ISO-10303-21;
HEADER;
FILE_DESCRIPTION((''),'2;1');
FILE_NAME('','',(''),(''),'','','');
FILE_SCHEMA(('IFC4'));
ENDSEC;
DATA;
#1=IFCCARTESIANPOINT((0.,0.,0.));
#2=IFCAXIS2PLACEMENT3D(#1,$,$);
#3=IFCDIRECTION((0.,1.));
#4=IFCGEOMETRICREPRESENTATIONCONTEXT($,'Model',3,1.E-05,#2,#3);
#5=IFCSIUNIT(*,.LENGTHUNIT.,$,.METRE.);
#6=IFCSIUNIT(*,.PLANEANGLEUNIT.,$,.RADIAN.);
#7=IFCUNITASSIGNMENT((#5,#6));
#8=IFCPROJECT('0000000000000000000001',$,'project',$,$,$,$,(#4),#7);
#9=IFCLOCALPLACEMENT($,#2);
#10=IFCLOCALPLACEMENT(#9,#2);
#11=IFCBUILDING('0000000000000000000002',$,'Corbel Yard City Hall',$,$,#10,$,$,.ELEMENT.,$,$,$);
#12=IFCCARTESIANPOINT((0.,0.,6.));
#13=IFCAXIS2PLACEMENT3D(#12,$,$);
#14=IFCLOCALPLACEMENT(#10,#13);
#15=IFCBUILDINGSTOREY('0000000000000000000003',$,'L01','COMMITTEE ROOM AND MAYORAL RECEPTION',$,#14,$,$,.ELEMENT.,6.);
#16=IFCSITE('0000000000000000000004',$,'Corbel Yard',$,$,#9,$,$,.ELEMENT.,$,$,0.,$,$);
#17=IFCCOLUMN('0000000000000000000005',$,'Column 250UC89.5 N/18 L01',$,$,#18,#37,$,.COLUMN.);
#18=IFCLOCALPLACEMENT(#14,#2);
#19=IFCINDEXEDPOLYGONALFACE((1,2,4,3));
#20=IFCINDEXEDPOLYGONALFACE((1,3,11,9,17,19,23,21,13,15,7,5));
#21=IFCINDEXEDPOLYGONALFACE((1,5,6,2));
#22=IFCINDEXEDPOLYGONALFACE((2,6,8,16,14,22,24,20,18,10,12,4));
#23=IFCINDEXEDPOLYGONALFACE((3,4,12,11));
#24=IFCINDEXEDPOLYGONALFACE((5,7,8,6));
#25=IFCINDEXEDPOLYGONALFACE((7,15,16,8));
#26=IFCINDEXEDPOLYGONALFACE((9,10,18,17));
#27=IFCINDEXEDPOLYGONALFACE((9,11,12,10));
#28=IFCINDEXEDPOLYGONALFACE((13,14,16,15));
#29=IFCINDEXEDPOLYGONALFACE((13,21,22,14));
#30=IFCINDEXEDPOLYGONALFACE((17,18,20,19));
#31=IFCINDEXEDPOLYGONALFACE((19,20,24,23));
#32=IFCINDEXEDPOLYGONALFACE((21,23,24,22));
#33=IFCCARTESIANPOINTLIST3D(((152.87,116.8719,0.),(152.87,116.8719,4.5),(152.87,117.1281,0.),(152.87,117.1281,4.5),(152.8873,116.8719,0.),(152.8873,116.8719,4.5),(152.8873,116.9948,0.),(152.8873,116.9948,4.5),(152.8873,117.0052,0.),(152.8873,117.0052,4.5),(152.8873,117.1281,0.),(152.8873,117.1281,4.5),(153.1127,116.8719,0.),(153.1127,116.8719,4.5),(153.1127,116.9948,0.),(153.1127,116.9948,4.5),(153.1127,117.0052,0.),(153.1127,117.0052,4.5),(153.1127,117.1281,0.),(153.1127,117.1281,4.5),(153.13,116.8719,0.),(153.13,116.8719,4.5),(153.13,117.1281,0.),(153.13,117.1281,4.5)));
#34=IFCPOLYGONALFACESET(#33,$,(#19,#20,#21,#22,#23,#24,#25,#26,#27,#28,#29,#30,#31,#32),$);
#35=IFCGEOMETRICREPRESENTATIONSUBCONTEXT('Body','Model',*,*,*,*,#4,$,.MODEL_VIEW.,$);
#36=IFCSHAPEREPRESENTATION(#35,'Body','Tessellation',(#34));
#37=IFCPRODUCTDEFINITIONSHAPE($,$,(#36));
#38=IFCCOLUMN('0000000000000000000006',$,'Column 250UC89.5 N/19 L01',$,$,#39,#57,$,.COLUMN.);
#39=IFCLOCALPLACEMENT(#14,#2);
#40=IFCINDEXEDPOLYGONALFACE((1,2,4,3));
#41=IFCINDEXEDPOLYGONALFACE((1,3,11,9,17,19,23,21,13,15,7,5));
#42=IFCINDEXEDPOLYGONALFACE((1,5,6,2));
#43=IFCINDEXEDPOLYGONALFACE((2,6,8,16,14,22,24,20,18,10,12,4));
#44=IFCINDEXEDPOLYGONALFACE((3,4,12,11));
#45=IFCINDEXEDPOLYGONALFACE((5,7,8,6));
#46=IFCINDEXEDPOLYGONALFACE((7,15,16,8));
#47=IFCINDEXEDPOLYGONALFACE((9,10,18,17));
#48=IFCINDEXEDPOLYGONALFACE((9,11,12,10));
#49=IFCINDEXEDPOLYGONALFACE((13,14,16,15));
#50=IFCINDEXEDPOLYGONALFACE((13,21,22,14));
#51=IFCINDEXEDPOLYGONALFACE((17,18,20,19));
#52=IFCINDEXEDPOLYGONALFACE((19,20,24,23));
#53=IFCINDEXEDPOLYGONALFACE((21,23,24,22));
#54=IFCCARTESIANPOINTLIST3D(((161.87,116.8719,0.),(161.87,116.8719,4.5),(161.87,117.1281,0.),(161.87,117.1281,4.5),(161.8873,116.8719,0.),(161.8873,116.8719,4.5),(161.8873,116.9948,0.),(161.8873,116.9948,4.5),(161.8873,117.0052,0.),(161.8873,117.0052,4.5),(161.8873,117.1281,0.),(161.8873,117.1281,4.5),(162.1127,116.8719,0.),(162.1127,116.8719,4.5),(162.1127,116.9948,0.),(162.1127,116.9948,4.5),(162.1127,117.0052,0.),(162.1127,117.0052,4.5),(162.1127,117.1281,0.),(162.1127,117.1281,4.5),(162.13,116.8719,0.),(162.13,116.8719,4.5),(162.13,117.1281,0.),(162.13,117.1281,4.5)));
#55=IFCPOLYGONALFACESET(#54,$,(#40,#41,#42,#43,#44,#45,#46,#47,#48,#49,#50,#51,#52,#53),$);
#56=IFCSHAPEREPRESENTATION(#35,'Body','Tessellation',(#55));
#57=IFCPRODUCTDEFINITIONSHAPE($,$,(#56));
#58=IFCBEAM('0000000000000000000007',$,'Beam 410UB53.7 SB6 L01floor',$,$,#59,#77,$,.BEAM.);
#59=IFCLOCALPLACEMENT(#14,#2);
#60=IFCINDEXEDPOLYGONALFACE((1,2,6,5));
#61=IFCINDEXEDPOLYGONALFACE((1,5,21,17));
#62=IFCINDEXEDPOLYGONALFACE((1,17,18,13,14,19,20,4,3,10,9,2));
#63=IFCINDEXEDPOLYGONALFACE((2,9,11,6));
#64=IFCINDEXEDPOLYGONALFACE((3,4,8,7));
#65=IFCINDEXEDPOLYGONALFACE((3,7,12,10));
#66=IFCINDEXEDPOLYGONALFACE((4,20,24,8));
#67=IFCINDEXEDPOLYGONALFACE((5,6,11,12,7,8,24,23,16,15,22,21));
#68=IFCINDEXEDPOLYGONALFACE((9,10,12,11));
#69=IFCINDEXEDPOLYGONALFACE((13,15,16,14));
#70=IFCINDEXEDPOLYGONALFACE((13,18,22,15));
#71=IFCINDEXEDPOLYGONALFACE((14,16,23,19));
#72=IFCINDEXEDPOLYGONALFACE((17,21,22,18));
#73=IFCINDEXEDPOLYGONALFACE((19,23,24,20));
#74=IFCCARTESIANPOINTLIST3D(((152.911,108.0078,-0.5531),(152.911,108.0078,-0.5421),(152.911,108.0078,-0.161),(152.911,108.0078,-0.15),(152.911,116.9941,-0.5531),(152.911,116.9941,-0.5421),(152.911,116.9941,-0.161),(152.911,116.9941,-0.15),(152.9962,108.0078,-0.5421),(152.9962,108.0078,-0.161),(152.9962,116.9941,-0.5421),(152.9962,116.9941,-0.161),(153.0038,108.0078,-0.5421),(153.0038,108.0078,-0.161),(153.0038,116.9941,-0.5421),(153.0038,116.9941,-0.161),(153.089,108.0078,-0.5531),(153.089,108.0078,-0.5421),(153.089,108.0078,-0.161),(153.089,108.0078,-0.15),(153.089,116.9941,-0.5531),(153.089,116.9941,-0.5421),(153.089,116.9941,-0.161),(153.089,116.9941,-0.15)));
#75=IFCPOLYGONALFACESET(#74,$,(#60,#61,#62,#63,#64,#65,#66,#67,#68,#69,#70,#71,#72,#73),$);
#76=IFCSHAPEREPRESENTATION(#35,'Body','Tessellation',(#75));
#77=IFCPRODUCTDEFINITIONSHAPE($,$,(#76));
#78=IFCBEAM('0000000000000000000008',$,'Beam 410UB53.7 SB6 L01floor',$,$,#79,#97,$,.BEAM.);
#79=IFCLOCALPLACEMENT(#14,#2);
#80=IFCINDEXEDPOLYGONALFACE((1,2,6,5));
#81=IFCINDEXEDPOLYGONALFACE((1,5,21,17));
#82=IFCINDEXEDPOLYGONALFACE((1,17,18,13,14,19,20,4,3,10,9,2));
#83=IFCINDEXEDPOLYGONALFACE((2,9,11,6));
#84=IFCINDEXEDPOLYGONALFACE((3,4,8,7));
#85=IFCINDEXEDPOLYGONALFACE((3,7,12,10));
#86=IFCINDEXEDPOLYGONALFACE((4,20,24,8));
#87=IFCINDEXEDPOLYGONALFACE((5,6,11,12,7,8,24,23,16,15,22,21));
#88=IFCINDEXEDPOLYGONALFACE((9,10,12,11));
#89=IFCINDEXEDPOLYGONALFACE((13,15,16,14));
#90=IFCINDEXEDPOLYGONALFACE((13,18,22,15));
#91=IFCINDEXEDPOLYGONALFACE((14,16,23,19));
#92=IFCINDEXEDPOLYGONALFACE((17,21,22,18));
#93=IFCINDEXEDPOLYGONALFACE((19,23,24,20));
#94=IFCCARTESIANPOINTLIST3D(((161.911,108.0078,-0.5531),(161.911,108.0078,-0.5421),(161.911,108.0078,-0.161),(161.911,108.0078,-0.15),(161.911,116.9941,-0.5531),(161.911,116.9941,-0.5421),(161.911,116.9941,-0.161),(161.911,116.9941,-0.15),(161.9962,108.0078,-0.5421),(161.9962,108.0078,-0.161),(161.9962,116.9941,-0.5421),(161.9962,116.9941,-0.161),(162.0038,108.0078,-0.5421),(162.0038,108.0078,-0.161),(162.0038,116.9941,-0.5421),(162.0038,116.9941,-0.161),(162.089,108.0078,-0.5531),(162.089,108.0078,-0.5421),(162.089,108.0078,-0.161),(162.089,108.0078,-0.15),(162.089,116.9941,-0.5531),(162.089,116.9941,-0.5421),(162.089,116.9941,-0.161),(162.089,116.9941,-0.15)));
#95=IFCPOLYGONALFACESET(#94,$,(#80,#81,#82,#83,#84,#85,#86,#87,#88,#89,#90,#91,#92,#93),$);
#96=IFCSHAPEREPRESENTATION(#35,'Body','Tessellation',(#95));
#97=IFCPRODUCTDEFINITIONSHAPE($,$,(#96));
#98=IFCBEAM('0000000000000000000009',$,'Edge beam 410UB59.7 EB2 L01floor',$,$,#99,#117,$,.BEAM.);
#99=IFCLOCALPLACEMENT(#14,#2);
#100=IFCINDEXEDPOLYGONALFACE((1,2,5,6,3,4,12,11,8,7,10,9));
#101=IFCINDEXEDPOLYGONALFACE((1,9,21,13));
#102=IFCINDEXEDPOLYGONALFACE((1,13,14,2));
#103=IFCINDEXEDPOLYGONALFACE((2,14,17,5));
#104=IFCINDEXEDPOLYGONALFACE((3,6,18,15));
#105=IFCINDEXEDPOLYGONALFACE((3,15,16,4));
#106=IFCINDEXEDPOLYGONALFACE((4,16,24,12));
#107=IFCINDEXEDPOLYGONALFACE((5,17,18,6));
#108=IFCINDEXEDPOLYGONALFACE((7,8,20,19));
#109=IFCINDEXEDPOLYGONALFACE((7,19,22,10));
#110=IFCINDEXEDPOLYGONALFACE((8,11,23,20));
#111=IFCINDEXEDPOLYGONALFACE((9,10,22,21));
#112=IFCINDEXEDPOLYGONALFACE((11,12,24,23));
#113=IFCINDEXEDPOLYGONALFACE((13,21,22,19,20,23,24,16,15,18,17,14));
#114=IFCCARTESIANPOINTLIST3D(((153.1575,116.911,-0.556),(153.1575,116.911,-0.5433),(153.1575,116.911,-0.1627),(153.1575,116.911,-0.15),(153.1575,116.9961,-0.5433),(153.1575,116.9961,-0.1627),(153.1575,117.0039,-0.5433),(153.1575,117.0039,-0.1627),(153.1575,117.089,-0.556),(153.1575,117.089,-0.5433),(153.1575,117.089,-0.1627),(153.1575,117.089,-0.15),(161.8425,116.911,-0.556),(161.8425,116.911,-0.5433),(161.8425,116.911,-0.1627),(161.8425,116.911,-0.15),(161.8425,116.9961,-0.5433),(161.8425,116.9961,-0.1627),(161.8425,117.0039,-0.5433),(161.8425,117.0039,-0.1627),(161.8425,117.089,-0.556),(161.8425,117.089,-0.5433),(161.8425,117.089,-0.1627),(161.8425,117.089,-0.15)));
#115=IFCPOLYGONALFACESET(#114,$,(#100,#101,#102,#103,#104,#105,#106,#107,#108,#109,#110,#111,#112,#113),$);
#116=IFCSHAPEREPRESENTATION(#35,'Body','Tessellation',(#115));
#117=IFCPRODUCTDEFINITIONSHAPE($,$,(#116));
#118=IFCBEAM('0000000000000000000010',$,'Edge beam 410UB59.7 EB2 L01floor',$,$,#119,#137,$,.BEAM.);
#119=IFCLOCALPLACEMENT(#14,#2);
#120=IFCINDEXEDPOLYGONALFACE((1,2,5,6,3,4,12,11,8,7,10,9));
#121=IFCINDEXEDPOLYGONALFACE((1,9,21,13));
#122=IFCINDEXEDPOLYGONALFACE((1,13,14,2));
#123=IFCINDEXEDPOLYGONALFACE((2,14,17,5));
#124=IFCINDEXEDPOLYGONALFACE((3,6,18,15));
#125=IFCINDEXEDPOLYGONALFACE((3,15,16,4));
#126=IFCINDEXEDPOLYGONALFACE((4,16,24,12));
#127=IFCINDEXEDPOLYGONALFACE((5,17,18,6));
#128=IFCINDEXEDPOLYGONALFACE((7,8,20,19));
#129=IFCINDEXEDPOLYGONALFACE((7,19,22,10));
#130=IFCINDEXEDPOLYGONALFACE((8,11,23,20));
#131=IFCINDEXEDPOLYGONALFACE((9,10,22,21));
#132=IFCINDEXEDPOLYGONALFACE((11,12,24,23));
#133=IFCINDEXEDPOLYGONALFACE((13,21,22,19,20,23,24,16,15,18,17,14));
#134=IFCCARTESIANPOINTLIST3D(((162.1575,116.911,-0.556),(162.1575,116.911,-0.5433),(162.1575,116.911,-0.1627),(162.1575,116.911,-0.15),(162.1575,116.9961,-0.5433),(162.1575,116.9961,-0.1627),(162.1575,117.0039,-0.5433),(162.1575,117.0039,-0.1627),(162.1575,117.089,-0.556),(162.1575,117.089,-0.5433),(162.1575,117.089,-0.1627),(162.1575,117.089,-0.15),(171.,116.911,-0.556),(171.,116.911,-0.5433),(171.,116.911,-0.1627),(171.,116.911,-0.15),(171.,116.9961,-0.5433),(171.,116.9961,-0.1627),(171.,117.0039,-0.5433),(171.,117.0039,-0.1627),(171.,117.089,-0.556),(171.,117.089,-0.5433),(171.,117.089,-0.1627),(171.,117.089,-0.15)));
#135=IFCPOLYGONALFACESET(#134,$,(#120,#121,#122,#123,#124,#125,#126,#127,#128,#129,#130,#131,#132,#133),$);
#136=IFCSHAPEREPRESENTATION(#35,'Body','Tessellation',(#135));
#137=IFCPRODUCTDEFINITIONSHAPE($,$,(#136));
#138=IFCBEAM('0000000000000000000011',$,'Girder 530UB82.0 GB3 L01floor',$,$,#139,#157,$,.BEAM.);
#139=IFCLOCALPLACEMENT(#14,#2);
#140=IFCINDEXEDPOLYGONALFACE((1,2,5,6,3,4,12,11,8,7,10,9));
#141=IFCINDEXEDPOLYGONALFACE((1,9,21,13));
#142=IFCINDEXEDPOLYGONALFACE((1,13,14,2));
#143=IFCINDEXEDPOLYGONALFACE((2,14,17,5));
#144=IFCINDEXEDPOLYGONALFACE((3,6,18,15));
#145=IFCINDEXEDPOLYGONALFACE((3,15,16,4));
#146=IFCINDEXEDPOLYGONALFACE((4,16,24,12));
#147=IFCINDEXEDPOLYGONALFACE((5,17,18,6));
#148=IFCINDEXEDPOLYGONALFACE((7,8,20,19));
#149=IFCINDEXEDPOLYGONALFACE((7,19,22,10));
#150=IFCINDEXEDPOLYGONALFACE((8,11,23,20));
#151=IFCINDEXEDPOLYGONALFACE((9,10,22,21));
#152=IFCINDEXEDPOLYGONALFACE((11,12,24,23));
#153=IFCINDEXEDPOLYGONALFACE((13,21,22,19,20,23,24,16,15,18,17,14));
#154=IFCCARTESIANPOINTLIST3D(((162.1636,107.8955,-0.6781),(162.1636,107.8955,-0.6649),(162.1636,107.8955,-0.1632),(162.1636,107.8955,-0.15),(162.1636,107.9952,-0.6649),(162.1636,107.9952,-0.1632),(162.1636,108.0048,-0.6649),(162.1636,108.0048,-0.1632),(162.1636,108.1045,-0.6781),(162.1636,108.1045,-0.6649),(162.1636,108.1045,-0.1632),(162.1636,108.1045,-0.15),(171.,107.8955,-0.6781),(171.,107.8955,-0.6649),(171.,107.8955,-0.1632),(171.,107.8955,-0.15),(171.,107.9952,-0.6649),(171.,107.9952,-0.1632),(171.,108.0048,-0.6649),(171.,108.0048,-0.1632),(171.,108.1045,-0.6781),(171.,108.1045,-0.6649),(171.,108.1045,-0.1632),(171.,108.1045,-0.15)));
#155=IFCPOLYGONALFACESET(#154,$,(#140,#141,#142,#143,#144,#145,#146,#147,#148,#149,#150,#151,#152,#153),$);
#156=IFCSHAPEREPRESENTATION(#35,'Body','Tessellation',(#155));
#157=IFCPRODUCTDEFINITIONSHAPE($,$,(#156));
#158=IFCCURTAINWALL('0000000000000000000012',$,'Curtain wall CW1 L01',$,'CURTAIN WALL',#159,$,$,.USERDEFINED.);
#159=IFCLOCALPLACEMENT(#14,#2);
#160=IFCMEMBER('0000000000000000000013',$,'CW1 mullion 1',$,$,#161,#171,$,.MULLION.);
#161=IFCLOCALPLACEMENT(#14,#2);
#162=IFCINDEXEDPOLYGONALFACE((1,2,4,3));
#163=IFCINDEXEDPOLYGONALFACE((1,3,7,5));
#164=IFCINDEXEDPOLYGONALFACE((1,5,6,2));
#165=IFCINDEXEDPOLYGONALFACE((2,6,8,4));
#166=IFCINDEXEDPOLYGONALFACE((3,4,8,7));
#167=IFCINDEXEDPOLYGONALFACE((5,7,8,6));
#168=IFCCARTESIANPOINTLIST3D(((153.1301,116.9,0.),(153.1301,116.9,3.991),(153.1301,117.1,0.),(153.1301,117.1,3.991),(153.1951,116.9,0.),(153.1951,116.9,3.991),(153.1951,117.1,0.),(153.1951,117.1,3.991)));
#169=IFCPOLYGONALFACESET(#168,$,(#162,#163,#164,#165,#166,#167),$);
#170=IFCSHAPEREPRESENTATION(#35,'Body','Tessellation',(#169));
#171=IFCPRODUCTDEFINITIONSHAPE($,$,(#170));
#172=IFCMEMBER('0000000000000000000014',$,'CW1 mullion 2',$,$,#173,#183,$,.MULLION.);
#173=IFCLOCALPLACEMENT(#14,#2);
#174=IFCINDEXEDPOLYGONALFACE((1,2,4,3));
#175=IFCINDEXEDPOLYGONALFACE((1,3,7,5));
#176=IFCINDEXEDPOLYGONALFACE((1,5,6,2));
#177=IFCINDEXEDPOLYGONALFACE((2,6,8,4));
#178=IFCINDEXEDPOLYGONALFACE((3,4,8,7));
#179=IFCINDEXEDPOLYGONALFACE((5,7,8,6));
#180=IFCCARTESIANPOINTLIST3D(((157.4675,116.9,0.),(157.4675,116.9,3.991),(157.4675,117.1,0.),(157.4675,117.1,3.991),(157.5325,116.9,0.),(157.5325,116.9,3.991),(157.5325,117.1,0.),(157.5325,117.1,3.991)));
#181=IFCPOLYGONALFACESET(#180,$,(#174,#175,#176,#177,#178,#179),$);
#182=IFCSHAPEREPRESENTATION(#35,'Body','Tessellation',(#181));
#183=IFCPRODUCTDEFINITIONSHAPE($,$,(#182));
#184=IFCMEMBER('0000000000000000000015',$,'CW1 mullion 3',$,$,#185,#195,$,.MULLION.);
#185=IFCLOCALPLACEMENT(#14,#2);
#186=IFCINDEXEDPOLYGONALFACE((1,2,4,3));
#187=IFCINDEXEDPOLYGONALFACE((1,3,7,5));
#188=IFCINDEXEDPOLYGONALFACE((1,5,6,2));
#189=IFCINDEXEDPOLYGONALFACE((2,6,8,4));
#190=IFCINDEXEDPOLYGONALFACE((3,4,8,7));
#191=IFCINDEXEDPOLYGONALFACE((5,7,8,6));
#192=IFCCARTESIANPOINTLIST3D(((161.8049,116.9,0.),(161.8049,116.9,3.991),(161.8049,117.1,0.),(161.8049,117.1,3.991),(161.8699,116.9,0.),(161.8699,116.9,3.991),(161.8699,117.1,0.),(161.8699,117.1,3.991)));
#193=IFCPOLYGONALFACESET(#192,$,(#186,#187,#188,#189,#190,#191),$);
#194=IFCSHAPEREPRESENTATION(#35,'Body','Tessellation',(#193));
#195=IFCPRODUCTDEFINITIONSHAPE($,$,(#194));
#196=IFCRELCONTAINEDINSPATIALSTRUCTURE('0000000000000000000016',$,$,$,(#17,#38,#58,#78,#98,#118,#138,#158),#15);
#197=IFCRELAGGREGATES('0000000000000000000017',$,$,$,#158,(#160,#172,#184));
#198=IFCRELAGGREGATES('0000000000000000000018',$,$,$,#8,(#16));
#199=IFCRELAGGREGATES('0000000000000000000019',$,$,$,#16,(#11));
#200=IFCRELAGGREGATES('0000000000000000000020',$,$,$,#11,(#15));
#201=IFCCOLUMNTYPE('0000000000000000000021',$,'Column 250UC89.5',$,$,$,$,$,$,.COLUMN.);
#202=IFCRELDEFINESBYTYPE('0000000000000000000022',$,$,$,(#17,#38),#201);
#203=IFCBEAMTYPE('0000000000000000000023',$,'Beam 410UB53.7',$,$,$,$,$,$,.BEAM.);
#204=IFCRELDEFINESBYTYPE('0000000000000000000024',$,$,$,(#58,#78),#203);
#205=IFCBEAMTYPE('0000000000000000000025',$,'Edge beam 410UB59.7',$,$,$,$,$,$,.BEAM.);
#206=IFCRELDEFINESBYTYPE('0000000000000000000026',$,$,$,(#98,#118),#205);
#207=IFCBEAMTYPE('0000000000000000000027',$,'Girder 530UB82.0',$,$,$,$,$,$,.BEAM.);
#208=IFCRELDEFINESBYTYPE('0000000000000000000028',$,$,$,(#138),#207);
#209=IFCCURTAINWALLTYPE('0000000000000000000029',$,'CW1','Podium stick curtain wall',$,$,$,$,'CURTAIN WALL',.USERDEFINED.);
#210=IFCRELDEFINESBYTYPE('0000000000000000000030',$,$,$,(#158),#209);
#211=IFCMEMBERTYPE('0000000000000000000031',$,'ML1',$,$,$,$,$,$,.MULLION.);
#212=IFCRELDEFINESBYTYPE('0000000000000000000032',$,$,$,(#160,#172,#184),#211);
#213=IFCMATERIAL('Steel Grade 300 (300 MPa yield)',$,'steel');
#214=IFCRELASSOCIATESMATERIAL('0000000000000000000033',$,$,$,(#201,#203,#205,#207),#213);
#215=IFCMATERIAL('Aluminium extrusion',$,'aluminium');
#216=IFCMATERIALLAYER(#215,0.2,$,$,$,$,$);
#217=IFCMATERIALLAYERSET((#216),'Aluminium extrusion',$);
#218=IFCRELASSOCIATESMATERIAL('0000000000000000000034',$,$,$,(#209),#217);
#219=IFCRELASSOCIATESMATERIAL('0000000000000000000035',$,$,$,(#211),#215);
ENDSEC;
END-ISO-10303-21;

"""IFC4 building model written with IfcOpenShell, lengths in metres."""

from ifc_helpers import new_model, si_unit, direction, frame, origin, origin_2d, place, context, subcontext, project, spatial, rectangle, i_section, extrude, material, layer, layer_set, material_profile, profile_set, type_object, element, aggregate, save


model = new_model("IFC4")

# Units and contexts
model_context = context("Model", 3, precision=1e-05, world=origin(), true_north=direction((0.0, 1.0)))
body_context = subcontext(model_context, "Body", "Model", "MODEL_VIEW")
ifc_project = project(units=[si_unit("LENGTHUNIT", "METRE"), si_unit("PLANEANGLEUNIT", "RADIAN")], contexts=[model_context])

# Site, building, storey
site_placement = place(None, origin())
site = spatial("IfcSite", under=ifc_project, at=site_placement, Name="Corbel Yard", CompositionType="ELEMENT", RefElevation=0.0)
building_placement = place(site_placement, origin())
building = spatial("IfcBuilding", under=site, at=building_placement, Name="Corbel Yard City Hall", CompositionType="ELEMENT")
storey_placement = place(building_placement, frame((0.0, 0.0, 6.0)))
storey = spatial("IfcBuildingStorey", under=building, at=storey_placement, Name="L01", Description="COMMITTEE ROOM AND MAYORAL RECEPTION", CompositionType="ELEMENT", Elevation=6.0)

# Columns
ifc_material_1 = material(Name="Steel Grade 300 (300 MPa yield)", Category="steel")
ifc_material_profile_1 = material_profile(ifc_material_1, i_section(OverallWidth=0.2561, OverallDepth=0.26, WebThickness=0.0105, FlangeThickness=0.0173, at=origin_2d()), Name="250UC89.5")
ifc_profile_set_1 = profile_set([ifc_material_profile_1], Name="Steel Grade 300 (300 MPa yield)")
column_type = type_object("IfcColumnType", Name="Column 250UC89.5", PredefinedType="COLUMN", material=ifc_profile_set_1)
for number, where, z_axis, x_axis, name in (
    (1, (153.0, 117.0, 0.0), (0.0, 0.0, 1.0), (0.0, 1.0, 0.0), "Column 250UC89.5 N/18 L01"),
    (2, (162.0, 117.0, 0.0), (0.0, 0.0, 1.0), (0.0, 1.0, 0.0), "Column 250UC89.5 N/19 L01"),
):
    element("IfcColumn", number, at=place(storey_placement, frame(where, z_axis=z_axis, x_axis=x_axis)), inside=storey, type_object=column_type, Name=name, PredefinedType="COLUMN", context=body_context, shape_type="SweptSolid", body=[
        extrude(i_section(OverallWidth=0.2561, OverallDepth=0.26, WebThickness=0.0105, FlangeThickness=0.0173, at=origin_2d()), origin(), (0.0, 0.0, 1.0), 4.5),
    ])

# Beams
ifc_material_profile_2 = material_profile(ifc_material_1, i_section(OverallWidth=0.178, OverallDepth=0.4031, WebThickness=0.0076, FlangeThickness=0.011, at=origin_2d()), Name="410UB53.7")
ifc_profile_set_2 = profile_set([ifc_material_profile_2], Name="Steel Grade 300 (300 MPa yield)")
beam_type_1 = type_object("IfcBeamType", Name="Beam 410UB53.7", PredefinedType="BEAM", material=ifc_profile_set_2)
for number, where, z_axis, x_axis, name in (
    (3, (153.0, 108.0078, -0.3516), (0.0, 1.0, 0.0), (-1.0, 0.0, 0.0), "Beam 410UB53.7 SB6 L01floor"),
    (4, (162.0, 108.0078, -0.3516), (0.0, 1.0, 0.0), (-1.0, 0.0, 0.0), "Beam 410UB53.7 SB6 L01floor"),
):
    element("IfcBeam", number, at=place(storey_placement, frame(where, z_axis=z_axis, x_axis=x_axis)), inside=storey, type_object=beam_type_1, Name=name, PredefinedType="BEAM", context=body_context, shape_type="SweptSolid", body=[
        extrude(i_section(OverallWidth=0.178, OverallDepth=0.4031, WebThickness=0.0076, FlangeThickness=0.011, at=origin_2d()), origin(), (0.0, 0.0, 1.0), 8.9863),
    ])
ifc_material_profile_3 = material_profile(ifc_material_1, i_section(OverallWidth=0.178, OverallDepth=0.406, WebThickness=0.0078, FlangeThickness=0.0127, at=origin_2d()), Name="410UB59.7")
ifc_profile_set_3 = profile_set([ifc_material_profile_3], Name="Steel Grade 300 (300 MPa yield)")
beam_type_2 = type_object("IfcBeamType", Name="Edge beam 410UB59.7", PredefinedType="BEAM", material=ifc_profile_set_3)
beam_1_placement = place(storey_placement, frame((153.1575, 117.0, -0.353), z_axis=(1.0, 0.0, 0.0), x_axis=(0.0, 1.0, 0.0)))
element("IfcBeam", 5, at=beam_1_placement, inside=storey, type_object=beam_type_2, Name="Edge beam 410UB59.7 EB2 L01floor", PredefinedType="BEAM", context=body_context, shape_type="SweptSolid", body=[
    extrude(i_section(OverallWidth=0.178, OverallDepth=0.406, WebThickness=0.0078, FlangeThickness=0.0127, at=origin_2d()), origin(), (0.0, 0.0, 1.0), 8.6851),
])
beam_2_placement = place(storey_placement, frame((162.1575, 117.0, -0.353), z_axis=(1.0, 0.0, 0.0), x_axis=(0.0, 1.0, 0.0)))
element("IfcBeam", 6, at=beam_2_placement, inside=storey, type_object=beam_type_2, Name="Edge beam 410UB59.7 EB2 L01floor", PredefinedType="BEAM", context=body_context, shape_type="SweptSolid", body=[
    extrude(i_section(OverallWidth=0.178, OverallDepth=0.406, WebThickness=0.0078, FlangeThickness=0.0127, at=origin_2d()), origin(), (0.0, 0.0, 1.0), 8.8425),
])
ifc_material_profile_4 = material_profile(ifc_material_1, i_section(OverallWidth=0.209, OverallDepth=0.5281, WebThickness=0.0095, FlangeThickness=0.0132, at=origin_2d()), Name="530UB82.0")
ifc_profile_set_4 = profile_set([ifc_material_profile_4], Name="Steel Grade 300 (300 MPa yield)")
beam_type_3 = type_object("IfcBeamType", Name="Girder 530UB82.0", PredefinedType="BEAM", material=ifc_profile_set_4)
beam_3_placement = place(storey_placement, frame((162.1636, 108.0, -0.4141), z_axis=(1.0, 0.0, 0.0), x_axis=(0.0, 1.0, 0.0)))
element("IfcBeam", 7, at=beam_3_placement, inside=storey, type_object=beam_type_3, Name="Girder 530UB82.0 GB3 L01floor", PredefinedType="BEAM", context=body_context, shape_type="SweptSolid", body=[
    extrude(i_section(OverallWidth=0.209, OverallDepth=0.5281, WebThickness=0.0095, FlangeThickness=0.0132, at=origin_2d()), origin(), (0.0, 0.0, 1.0), 8.8364),
])

# Curtain wall, members
ifc_material_2 = material(Name="Aluminium extrusion", Category="aluminium")
ifc_layer_1 = layer(ifc_material_2, 0.2)
ifc_layer_set_1 = layer_set([ifc_layer_1], Name="Aluminium extrusion")
curtain_wall_type = type_object("IfcCurtainWallType", Name="CW1", Description="Podium stick curtain wall", ElementType="CURTAIN WALL", PredefinedType="USERDEFINED", material=ifc_layer_set_1)
curtain_wall_1_placement = place(storey_placement, origin())
curtain_wall_1 = element("IfcCurtainWall", 8, at=curtain_wall_1_placement, inside=storey, type_object=curtain_wall_type, Name="Curtain wall CW1 L01", ObjectType="CURTAIN WALL", PredefinedType="USERDEFINED")
ifc_material_profile_5 = material_profile(ifc_material_2, rectangle(XDim=0.2, YDim=0.0649, at=origin_2d()), Name="200x65")
ifc_profile_set_5 = profile_set([ifc_material_profile_5], Name="Aluminium extrusion")
member_type_1 = type_object("IfcMemberType", Name="ML1", PredefinedType="MULLION", material=ifc_profile_set_5)
member_1_placement = place(storey_placement, frame((153.1626, 117.0, 0.0), z_axis=(0.0, 0.0, 1.0), x_axis=(0.0, 1.0, 0.0)))
member_1 = element("IfcMember", 9, at=member_1_placement, type_object=member_type_1, Name="CW1 mullion 1", PredefinedType="MULLION", context=body_context, shape_type="SweptSolid", body=[
    extrude(rectangle(XDim=0.2, YDim=0.0649, at=origin_2d()), origin(), (0.0, 0.0, 1.0), 3.991),
])
member_2_placement = place(storey_placement, frame((157.5, 117.0, 0.0), z_axis=(0.0, 0.0, 1.0), x_axis=(0.0, 1.0, 0.0)))
member_2 = element("IfcMember", 10, at=member_2_placement, type_object=member_type_1, Name="CW1 mullion 2", PredefinedType="MULLION", context=body_context, shape_type="SweptSolid", body=[
    extrude(rectangle(XDim=0.2, YDim=0.0649, at=origin_2d()), origin(), (0.0, 0.0, 1.0), 3.991),
])
member_3_placement = place(storey_placement, frame((161.8374, 117.0, 0.0), z_axis=(0.0, 0.0, 1.0), x_axis=(0.0, 1.0, 0.0)))
member_3 = element("IfcMember", 11, at=member_3_placement, type_object=member_type_1, Name="CW1 mullion 3", PredefinedType="MULLION", context=body_context, shape_type="SweptSolid", body=[
    extrude(rectangle(XDim=0.2, YDim=0.0649, at=origin_2d()), origin(), (0.0, 0.0, 1.0), 3.991),
])

aggregate(curtain_wall_1, [member_1, member_2, member_3])

save(model, "model.ifc")
